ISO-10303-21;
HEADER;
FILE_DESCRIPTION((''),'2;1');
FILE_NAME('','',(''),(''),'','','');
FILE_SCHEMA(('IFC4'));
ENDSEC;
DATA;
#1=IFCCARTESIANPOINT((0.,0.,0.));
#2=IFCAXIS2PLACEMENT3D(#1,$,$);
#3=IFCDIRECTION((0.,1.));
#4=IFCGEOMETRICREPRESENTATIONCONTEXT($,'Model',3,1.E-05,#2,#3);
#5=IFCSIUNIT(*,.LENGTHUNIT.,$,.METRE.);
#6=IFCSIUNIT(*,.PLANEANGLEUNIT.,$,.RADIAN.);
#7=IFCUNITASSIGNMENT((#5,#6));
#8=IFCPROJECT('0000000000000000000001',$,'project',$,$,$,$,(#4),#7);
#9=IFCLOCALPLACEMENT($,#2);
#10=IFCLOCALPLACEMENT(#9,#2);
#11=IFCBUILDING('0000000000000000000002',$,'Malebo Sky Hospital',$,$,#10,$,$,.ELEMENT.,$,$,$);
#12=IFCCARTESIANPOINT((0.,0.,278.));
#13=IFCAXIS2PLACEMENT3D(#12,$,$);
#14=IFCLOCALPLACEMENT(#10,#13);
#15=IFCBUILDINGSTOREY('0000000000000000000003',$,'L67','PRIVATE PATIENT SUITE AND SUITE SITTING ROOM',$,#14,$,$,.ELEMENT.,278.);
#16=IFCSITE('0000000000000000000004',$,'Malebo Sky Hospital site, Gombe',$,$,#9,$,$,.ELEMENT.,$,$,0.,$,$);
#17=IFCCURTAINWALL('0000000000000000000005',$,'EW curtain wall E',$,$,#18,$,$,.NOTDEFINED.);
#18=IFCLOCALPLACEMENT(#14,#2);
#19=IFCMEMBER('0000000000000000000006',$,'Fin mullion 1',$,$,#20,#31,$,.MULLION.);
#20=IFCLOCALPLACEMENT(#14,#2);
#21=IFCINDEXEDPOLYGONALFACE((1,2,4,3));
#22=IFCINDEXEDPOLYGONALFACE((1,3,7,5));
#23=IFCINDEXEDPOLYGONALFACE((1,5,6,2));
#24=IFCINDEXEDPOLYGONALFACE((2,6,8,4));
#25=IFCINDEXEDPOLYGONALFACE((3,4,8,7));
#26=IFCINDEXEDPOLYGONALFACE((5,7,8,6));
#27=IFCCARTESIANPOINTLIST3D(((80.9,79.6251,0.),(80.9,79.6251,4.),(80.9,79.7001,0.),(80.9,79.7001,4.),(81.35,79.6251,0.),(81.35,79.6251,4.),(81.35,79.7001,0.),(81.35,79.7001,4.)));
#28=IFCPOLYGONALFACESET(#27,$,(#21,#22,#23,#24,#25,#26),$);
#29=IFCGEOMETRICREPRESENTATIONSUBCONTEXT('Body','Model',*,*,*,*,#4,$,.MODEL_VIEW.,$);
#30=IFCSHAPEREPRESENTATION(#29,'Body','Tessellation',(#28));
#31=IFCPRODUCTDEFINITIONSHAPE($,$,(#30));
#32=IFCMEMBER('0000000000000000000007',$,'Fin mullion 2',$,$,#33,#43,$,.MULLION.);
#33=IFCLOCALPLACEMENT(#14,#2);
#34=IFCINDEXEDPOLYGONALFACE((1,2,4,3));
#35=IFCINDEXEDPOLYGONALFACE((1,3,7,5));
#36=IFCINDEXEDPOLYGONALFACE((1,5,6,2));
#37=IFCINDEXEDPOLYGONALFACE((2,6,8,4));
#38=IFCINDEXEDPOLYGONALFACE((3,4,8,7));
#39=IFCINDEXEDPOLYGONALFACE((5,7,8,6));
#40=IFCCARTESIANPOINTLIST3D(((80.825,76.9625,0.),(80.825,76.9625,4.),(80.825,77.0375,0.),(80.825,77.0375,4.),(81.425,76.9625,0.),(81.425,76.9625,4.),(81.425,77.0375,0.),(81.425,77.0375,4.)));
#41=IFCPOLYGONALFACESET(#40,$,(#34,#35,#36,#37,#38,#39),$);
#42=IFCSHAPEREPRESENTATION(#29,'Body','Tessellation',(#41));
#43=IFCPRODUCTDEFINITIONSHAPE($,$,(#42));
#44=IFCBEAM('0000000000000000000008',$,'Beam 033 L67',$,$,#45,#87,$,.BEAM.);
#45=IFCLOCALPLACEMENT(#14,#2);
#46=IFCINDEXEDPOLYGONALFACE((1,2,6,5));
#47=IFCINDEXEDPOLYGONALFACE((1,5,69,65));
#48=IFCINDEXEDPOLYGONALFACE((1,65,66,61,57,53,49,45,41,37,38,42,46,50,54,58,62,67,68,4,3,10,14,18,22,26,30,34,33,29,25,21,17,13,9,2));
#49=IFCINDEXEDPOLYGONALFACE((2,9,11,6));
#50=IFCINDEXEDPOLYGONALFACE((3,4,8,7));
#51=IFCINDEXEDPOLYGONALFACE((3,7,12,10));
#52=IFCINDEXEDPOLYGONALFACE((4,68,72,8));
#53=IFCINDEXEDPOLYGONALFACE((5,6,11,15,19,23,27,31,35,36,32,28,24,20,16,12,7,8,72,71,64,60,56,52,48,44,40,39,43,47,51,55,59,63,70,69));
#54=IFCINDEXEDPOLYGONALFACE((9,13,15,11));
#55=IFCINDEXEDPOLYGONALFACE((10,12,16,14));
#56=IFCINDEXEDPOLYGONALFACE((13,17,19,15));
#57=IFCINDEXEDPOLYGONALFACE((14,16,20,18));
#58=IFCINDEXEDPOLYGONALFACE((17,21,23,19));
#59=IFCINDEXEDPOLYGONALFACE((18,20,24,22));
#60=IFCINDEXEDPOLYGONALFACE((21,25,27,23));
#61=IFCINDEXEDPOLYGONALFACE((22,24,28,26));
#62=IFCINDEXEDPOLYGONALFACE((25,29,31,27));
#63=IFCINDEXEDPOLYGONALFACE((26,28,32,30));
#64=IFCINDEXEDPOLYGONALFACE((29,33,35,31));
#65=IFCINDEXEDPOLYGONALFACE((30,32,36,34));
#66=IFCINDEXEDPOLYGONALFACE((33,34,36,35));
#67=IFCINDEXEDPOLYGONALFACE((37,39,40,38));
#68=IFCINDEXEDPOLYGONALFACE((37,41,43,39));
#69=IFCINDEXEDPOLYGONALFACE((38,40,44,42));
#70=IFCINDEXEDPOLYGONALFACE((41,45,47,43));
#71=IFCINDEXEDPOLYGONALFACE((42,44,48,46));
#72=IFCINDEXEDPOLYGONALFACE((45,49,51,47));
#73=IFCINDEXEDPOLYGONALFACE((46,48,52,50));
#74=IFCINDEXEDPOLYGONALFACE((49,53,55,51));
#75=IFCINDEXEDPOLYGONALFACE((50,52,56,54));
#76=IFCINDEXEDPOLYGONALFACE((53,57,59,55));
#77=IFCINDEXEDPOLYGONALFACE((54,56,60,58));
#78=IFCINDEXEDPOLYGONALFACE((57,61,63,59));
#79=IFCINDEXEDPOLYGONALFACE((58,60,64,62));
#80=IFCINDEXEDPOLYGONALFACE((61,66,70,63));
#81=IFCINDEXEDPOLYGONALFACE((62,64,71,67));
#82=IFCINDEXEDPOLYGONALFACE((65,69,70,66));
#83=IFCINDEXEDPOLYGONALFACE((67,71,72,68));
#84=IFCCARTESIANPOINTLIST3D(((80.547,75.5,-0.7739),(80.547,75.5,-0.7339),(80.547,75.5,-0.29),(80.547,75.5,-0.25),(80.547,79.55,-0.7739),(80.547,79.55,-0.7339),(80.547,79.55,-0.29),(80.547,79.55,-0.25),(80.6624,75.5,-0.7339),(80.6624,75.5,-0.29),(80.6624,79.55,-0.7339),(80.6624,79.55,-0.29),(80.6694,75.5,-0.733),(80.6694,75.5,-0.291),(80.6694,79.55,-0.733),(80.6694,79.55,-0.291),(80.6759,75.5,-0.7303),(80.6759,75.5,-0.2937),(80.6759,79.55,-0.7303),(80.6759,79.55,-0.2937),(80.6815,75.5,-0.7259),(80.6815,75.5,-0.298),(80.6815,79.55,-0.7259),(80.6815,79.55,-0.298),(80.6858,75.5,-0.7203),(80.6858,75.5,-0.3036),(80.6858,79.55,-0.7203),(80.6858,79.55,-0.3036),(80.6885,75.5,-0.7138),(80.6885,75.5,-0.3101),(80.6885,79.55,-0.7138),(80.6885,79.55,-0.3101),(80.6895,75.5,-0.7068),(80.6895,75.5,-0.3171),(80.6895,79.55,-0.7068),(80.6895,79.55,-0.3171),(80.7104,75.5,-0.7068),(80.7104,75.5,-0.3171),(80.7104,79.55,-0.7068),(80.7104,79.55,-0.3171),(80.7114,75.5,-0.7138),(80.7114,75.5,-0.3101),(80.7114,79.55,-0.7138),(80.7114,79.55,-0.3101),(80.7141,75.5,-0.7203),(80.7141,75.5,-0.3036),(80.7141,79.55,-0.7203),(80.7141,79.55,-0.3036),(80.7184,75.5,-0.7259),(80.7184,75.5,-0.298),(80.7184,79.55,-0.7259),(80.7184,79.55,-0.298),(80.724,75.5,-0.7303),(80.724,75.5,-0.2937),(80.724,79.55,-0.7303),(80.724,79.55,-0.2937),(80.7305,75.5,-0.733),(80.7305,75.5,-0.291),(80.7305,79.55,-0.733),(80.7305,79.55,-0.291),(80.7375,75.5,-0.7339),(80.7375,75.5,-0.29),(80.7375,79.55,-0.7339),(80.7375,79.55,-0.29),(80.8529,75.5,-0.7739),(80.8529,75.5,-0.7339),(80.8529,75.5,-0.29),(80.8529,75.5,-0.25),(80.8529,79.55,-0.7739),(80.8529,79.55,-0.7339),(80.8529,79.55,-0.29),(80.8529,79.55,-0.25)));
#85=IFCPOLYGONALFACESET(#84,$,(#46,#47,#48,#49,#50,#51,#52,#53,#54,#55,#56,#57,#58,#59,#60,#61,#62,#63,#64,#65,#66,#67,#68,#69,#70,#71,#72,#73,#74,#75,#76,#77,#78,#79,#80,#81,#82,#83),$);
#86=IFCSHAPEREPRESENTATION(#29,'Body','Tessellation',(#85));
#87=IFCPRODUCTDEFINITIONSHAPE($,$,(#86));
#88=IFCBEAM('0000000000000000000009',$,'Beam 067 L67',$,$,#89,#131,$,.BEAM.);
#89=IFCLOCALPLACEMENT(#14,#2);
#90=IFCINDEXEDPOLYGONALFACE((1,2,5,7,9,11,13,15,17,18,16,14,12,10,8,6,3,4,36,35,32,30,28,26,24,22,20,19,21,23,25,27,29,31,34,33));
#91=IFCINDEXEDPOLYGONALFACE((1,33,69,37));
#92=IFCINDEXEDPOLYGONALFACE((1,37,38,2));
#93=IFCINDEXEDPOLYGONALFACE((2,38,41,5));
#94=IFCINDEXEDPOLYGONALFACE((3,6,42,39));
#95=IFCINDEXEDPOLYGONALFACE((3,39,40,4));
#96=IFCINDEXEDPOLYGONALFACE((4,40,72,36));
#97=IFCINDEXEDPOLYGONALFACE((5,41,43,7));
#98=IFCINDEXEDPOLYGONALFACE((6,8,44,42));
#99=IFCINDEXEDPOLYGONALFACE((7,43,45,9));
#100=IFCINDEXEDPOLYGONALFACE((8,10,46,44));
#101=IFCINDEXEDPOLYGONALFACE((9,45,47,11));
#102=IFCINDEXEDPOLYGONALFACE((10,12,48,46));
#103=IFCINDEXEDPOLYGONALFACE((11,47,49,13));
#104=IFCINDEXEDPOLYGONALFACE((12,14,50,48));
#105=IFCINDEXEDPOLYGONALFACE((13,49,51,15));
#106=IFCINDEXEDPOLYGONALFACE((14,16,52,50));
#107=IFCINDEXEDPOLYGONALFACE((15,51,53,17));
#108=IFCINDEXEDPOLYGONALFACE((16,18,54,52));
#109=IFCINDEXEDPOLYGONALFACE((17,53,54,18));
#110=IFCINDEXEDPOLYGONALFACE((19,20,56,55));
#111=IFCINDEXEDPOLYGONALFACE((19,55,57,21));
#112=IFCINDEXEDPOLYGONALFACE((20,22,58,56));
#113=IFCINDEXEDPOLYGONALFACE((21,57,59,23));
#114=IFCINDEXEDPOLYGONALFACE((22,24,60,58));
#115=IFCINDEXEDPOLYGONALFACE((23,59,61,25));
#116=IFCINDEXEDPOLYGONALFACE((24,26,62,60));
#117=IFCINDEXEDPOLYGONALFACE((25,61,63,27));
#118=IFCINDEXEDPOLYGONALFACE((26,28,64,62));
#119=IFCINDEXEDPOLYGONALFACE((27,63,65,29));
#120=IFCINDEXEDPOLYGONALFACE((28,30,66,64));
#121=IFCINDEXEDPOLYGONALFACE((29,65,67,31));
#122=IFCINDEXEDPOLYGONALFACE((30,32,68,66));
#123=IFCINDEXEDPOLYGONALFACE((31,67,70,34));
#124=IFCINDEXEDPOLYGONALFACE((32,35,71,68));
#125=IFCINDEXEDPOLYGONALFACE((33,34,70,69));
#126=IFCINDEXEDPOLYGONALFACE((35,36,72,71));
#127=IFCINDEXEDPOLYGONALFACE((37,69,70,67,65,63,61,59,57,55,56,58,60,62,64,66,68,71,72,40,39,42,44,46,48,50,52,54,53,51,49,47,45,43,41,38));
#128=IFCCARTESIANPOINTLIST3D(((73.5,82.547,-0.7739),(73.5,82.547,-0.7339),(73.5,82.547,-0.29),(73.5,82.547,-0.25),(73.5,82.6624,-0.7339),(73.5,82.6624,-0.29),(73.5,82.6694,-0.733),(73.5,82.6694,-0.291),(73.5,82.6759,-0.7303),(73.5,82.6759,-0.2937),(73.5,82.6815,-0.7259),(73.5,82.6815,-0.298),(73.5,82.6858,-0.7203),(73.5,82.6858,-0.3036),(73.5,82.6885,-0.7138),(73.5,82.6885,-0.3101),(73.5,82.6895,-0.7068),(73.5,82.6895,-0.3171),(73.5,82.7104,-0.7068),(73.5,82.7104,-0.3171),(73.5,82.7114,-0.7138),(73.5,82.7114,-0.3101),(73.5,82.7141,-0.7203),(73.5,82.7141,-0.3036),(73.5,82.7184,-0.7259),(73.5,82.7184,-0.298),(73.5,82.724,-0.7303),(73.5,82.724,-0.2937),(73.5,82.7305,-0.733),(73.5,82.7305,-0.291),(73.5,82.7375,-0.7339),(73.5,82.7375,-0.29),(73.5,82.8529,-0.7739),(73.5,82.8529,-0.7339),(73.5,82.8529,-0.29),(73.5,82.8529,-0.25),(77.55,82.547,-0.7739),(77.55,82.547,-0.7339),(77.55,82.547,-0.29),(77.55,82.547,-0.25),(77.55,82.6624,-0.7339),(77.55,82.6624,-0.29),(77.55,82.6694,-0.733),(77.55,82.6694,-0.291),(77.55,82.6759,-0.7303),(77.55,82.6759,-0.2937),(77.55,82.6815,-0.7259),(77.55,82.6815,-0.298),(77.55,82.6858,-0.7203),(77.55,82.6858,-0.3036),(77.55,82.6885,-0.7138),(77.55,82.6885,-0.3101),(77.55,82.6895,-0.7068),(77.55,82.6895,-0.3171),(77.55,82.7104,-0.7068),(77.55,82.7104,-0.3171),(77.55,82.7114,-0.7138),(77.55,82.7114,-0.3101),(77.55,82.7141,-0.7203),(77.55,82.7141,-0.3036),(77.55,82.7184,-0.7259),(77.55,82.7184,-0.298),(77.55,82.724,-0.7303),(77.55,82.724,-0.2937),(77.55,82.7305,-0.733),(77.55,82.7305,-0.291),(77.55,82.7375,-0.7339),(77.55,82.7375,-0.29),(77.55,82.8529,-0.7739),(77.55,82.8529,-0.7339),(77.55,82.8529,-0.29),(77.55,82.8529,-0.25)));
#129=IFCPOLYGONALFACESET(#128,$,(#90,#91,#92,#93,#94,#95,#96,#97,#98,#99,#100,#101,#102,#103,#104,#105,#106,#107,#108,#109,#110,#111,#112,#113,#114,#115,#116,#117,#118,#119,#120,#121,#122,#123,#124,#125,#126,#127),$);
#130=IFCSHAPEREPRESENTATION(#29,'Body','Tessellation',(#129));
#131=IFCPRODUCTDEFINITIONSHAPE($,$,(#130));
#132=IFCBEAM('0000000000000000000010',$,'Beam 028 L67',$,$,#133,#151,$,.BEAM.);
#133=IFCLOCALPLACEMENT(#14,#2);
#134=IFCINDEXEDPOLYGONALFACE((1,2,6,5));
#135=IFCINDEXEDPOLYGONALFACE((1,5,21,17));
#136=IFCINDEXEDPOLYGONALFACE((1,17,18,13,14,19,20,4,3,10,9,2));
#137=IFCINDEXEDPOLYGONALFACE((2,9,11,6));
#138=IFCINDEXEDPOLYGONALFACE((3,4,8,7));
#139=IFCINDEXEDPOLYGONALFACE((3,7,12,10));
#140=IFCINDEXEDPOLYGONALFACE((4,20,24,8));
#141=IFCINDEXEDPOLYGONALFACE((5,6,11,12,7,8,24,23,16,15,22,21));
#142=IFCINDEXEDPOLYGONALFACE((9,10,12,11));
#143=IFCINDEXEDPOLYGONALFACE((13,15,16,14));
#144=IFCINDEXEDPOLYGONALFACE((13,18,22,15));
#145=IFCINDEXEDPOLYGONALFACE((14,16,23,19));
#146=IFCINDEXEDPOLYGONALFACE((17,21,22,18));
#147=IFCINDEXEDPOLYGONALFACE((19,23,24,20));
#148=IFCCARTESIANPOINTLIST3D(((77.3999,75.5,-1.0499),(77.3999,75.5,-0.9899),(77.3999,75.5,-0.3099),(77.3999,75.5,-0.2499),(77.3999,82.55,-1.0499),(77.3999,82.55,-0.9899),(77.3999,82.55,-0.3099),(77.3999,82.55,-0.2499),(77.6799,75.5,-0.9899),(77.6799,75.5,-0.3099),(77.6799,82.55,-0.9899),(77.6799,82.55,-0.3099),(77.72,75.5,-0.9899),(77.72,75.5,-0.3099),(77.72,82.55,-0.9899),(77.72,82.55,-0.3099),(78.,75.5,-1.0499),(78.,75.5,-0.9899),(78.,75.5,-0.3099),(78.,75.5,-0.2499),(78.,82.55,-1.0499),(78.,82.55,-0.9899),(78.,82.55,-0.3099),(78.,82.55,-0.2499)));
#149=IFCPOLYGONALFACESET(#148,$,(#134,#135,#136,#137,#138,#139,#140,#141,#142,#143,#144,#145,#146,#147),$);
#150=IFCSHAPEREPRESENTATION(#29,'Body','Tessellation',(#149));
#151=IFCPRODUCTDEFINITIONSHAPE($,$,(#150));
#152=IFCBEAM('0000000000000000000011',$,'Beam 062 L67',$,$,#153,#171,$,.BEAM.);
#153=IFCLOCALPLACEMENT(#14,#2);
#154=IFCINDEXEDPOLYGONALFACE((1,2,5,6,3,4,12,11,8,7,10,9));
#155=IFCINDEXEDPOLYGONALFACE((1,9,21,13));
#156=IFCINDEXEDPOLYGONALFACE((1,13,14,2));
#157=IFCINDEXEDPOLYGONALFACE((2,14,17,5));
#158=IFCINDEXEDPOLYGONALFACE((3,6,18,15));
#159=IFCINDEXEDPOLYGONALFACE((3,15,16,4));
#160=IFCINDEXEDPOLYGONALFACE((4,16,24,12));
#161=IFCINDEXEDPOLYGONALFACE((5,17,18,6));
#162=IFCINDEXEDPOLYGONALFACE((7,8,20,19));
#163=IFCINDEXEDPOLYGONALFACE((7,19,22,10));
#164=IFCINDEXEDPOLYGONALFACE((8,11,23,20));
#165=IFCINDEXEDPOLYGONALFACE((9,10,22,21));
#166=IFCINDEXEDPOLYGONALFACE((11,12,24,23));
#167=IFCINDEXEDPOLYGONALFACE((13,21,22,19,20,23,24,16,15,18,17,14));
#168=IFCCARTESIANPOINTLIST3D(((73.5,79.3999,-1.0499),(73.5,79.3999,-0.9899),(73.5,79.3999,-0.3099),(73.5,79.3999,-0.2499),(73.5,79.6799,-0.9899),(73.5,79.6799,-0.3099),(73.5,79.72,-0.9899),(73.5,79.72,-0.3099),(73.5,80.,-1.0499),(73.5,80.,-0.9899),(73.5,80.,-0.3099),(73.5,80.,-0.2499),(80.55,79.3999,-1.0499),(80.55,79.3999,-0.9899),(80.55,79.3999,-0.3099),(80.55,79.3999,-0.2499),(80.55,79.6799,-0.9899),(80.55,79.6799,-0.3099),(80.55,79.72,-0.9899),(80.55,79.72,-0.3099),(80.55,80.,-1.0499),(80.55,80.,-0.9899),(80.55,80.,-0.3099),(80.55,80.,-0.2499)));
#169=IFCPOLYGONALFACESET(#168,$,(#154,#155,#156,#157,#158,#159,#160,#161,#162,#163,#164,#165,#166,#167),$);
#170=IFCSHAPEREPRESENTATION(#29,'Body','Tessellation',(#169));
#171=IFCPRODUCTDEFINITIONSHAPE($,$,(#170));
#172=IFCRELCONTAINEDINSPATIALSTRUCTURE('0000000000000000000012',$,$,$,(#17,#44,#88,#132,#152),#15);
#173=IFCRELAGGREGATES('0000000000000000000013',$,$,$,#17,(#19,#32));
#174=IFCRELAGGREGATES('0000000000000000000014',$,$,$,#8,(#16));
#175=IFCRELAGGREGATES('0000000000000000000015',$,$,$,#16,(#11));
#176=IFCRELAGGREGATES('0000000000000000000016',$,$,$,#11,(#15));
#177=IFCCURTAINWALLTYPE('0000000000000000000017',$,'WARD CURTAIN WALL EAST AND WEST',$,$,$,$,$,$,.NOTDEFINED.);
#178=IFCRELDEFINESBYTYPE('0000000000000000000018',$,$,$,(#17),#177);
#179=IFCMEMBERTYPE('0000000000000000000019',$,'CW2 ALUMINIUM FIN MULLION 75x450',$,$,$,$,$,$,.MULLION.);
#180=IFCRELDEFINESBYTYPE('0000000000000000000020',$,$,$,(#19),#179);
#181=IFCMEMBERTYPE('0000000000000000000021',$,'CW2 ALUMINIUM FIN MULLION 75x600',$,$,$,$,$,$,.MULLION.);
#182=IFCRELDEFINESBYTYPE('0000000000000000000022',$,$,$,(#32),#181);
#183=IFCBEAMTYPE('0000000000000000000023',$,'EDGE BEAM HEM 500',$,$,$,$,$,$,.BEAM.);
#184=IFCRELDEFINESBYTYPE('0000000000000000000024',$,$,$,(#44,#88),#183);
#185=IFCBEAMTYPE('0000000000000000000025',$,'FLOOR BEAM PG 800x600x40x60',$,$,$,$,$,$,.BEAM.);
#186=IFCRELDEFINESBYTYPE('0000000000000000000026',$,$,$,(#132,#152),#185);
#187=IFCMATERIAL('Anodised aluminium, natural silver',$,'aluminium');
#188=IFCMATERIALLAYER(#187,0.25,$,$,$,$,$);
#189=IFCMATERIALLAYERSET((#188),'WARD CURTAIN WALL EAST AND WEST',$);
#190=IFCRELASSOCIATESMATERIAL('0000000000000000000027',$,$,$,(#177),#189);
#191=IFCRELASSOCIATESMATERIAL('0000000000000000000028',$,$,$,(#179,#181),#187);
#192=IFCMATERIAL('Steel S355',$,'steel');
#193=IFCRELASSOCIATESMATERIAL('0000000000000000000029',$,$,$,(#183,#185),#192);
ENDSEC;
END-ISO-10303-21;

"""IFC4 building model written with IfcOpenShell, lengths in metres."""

from ifc_helpers import new_model, si_unit, direction, frame, origin, origin_2d, place, context, subcontext, project, spatial, rectangle, i_section, extrude, material, layer, layer_set, material_profile, profile_set, type_object, element, aggregate, save


model = new_model("IFC4")

# Units and contexts
model_context = context("Model", 3, precision=1e-05, world=origin(), true_north=direction((0.0, 1.0)))
body_context = subcontext(model_context, "Body", "Model", "MODEL_VIEW")
ifc_project = project(units=[si_unit("LENGTHUNIT", "METRE"), si_unit("PLANEANGLEUNIT", "RADIAN")], contexts=[model_context])

# Site, building, storey
site_placement = place(None, origin())
site = spatial("IfcSite", under=ifc_project, at=site_placement, Name="Malebo Sky Hospital site, Gombe", CompositionType="ELEMENT", RefElevation=0.0)
building_placement = place(site_placement, origin())
building = spatial("IfcBuilding", under=site, at=building_placement, Name="Malebo Sky Hospital", CompositionType="ELEMENT")
storey_placement = place(building_placement, frame((0.0, 0.0, 278.0)))
storey = spatial("IfcBuildingStorey", under=building, at=storey_placement, Name="L67", Description="PRIVATE PATIENT SUITE AND SUITE SITTING ROOM", CompositionType="ELEMENT", Elevation=278.0)

# Curtain wall
ifc_material_1 = material(Name="Anodised aluminium, natural silver", Category="aluminium")
ifc_layer_1 = layer(ifc_material_1, 0.25)
ifc_layer_set_1 = layer_set([ifc_layer_1], Name="WARD CURTAIN WALL EAST AND WEST")
curtain_wall_type_1 = type_object("IfcCurtainWallType", Name="WARD CURTAIN WALL EAST AND WEST", PredefinedType="NOTDEFINED", material=ifc_layer_set_1)
curtain_wall_1_placement = place(storey_placement, origin())
curtain_wall_1 = element("IfcCurtainWall", 1, at=curtain_wall_1_placement, inside=storey, type_object=curtain_wall_type_1, Name="EW curtain wall E", PredefinedType="NOTDEFINED")

# Members
ifc_material_profile_1 = material_profile(ifc_material_1, rectangle(XDim=0.075, YDim=0.45, at=origin_2d()), Name="CW2 ALUMINIUM FIN MULLION 75x450")
ifc_profile_set_1 = profile_set([ifc_material_profile_1], Name="Anodised aluminium, natural silver")
member_type_1 = type_object("IfcMemberType", Name="CW2 ALUMINIUM FIN MULLION 75x450", PredefinedType="MULLION", material=ifc_profile_set_1)
member_1_placement = place(storey_placement, frame((81.125, 79.6626, 0.0), z_axis=(0.0, 0.0, 1.0), x_axis=(0.0, -1.0, 0.0)))
member_1 = element("IfcMember", 2, at=member_1_placement, type_object=member_type_1, Name="Fin mullion 1", PredefinedType="MULLION", context=body_context, shape_type="SweptSolid", body=[
    extrude(rectangle(XDim=0.075, YDim=0.45, at=origin_2d()), origin(), (0.0, 0.0, 1.0), 4.0),
])
ifc_material_profile_2 = material_profile(ifc_material_1, rectangle(XDim=0.075, YDim=0.6001, at=origin_2d()), Name="CW2 ALUMINIUM FIN MULLION 75x600")
ifc_profile_set_2 = profile_set([ifc_material_profile_2], Name="Anodised aluminium, natural silver")
member_type_2 = type_object("IfcMemberType", Name="CW2 ALUMINIUM FIN MULLION 75x600", PredefinedType="MULLION", material=ifc_profile_set_2)
member_2_placement = place(storey_placement, frame((81.125, 77.0, 0.0), z_axis=(0.0, 0.0, 1.0), x_axis=(0.0, -1.0, 0.0)))
member_2 = element("IfcMember", 3, at=member_2_placement, type_object=member_type_2, Name="Fin mullion 2", PredefinedType="MULLION", context=body_context, shape_type="SweptSolid", body=[
    extrude(rectangle(XDim=0.075, YDim=0.6001, at=origin_2d()), origin(), (0.0, 0.0, 1.0), 4.0),
])

# Beams
ifc_material_2 = material(Name="Steel S355", Category="steel")
ifc_material_profile_3 = material_profile(ifc_material_2, i_section(OverallWidth=0.3059, OverallDepth=0.5239, WebThickness=0.021, FlangeThickness=0.04, FilletRadius=0.0271, at=origin_2d()), Name="HEM 500")
ifc_profile_set_3 = profile_set([ifc_material_profile_3], Name="Steel S355")
beam_type_1 = type_object("IfcBeamType", Name="EDGE BEAM HEM 500", PredefinedType="BEAM", material=ifc_profile_set_3)
for number, where, z_axis, x_axis, name in (
    (4, (80.7, 75.5, -0.512), (0.0, 1.0, 0.0), (-1.0, 0.0, 0.0), "Beam 033 L67"),
    (5, (73.5, 82.7, -0.512), (1.0, 0.0, 0.0), (0.0, 1.0, 0.0), "Beam 067 L67"),
):
    element("IfcBeam", number, at=place(storey_placement, frame(where, z_axis=z_axis, x_axis=x_axis)), inside=storey, type_object=beam_type_1, Name=name, PredefinedType="BEAM", context=body_context, shape_type="SweptSolid", body=[
        extrude(i_section(OverallWidth=0.3059, OverallDepth=0.5239, WebThickness=0.021, FlangeThickness=0.04, FilletRadius=0.0271, at=origin_2d()), origin(), (0.0, 0.0, 1.0), 4.05),
    ])
ifc_material_profile_4 = material_profile(ifc_material_2, i_section(OverallWidth=0.6001, OverallDepth=0.8, WebThickness=0.04, FlangeThickness=0.0601, at=origin_2d()), Name="PG 800x600x40x60")
ifc_profile_set_4 = profile_set([ifc_material_profile_4], Name="Steel S355")
beam_type_2 = type_object("IfcBeamType", Name="FLOOR BEAM PG 800x600x40x60", PredefinedType="BEAM", material=ifc_profile_set_4)
for number, where, z_axis, x_axis, name in (
    (6, (77.7, 75.5, -0.6499), (0.0, 1.0, 0.0), (-1.0, 0.0, 0.0), "Beam 028 L67"),
    (7, (73.5, 79.7, -0.6499), (1.0, 0.0, 0.0), (0.0, 1.0, 0.0), "Beam 062 L67"),
):
    element("IfcBeam", number, at=place(storey_placement, frame(where, z_axis=z_axis, x_axis=x_axis)), inside=storey, type_object=beam_type_2, Name=name, PredefinedType="BEAM", context=body_context, shape_type="SweptSolid", body=[
        extrude(i_section(OverallWidth=0.6001, OverallDepth=0.8, WebThickness=0.04, FlangeThickness=0.0601, at=origin_2d()), origin(), (0.0, 0.0, 1.0), 7.05),
    ])

aggregate(curtain_wall_1, [member_1, member_2])

save(model, "model.ifc")
